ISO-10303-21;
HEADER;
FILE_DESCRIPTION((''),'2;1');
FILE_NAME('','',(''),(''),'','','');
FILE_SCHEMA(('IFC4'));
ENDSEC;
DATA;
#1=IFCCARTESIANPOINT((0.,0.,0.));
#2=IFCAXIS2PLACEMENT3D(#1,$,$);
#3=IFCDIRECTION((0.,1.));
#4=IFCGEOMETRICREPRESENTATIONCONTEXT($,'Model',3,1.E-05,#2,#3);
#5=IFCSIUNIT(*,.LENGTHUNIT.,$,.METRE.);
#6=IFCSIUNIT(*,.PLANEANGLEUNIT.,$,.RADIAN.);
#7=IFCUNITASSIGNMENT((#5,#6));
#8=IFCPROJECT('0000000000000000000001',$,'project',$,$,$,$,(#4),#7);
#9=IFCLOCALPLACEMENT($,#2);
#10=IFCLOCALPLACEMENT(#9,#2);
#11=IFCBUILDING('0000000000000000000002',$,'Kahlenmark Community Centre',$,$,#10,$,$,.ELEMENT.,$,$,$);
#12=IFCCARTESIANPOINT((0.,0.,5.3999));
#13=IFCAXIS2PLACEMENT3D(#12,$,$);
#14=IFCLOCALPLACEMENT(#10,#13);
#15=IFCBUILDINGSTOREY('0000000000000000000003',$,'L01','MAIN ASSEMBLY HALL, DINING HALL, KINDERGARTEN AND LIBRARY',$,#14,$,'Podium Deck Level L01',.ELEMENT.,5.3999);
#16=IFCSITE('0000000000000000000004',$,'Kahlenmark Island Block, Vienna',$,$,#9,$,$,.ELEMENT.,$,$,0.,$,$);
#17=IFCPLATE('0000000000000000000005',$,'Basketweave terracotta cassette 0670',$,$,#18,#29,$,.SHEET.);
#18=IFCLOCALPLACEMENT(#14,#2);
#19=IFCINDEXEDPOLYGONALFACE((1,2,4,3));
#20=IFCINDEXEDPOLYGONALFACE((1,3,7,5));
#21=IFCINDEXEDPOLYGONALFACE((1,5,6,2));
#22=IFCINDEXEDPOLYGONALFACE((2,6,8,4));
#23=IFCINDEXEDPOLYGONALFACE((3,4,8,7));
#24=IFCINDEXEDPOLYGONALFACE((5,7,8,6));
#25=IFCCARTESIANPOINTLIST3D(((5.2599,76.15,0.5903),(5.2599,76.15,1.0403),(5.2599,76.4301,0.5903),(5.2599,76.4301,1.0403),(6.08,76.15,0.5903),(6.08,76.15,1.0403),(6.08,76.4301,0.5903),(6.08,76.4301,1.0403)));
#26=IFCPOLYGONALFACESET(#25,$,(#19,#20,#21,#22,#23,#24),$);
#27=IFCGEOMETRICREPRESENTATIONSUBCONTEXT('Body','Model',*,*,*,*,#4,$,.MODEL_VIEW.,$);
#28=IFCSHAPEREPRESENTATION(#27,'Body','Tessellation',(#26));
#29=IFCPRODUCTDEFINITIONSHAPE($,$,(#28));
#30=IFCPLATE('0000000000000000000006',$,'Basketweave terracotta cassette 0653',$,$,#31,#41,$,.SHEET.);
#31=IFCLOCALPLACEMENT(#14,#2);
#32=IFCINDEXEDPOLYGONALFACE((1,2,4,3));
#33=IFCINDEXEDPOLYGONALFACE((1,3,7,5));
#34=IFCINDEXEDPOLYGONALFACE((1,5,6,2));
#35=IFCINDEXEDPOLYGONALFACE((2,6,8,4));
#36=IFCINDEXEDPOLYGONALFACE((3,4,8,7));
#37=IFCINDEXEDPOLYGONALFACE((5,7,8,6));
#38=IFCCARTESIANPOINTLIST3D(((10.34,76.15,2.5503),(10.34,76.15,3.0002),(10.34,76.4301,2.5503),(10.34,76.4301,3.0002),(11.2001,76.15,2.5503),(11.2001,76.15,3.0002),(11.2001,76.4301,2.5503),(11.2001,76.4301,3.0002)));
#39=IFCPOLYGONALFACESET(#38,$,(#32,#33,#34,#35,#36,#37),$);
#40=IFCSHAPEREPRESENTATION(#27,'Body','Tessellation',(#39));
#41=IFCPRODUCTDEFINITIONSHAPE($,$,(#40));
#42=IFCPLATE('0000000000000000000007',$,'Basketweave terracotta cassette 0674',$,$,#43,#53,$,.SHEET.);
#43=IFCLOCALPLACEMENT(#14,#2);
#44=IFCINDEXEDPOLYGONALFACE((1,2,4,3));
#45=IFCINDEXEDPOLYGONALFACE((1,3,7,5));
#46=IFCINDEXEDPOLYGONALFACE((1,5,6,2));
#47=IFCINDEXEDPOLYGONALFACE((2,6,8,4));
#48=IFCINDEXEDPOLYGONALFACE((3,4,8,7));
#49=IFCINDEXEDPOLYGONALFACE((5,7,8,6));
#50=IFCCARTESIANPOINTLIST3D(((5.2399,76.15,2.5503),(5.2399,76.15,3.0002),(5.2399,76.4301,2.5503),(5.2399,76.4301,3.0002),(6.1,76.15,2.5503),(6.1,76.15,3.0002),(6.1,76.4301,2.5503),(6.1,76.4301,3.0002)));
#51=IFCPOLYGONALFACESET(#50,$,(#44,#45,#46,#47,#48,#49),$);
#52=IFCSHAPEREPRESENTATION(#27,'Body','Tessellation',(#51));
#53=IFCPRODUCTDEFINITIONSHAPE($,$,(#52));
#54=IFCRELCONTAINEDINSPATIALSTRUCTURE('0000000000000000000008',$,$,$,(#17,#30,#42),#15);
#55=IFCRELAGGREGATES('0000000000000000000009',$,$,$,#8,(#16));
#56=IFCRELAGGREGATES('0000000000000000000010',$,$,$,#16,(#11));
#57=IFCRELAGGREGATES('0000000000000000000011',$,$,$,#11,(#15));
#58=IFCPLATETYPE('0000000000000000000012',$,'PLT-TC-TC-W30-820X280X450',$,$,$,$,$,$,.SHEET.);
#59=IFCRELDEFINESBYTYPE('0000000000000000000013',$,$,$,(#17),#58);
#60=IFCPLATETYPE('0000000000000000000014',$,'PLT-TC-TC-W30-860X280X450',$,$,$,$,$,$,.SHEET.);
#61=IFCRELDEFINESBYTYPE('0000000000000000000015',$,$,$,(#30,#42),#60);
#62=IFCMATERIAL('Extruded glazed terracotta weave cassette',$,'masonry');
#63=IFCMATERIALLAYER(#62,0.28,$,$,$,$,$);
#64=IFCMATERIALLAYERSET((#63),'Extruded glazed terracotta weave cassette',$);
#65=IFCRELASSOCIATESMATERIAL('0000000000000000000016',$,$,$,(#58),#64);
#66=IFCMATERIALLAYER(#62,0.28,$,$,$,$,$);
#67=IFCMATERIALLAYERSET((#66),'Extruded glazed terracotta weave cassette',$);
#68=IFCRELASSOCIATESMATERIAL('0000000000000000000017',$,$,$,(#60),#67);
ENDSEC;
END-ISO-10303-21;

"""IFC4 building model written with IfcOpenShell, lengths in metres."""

from ifc_helpers import new_model, si_unit, direction, frame, origin, origin_2d, place, context, subcontext, project, spatial, rectangle, extrude, material, layer, layer_set, type_object, element, save


model = new_model("IFC4")

# Units and contexts
model_context = context("Model", 3, precision=1e-05, world=origin(), true_north=direction((0.0, 1.0)))
body_context = subcontext(model_context, "Body", "Model", "MODEL_VIEW")
ifc_project = project(units=[si_unit("LENGTHUNIT", "METRE"), si_unit("PLANEANGLEUNIT", "RADIAN")], contexts=[model_context])

# Site, building, storey
site_placement = place(None, origin())
site = spatial("IfcSite", under=ifc_project, at=site_placement, Name="Kahlenmark Island Block, Vienna", CompositionType="ELEMENT", RefElevation=0.0)
building_placement = place(site_placement, origin())
building = spatial("IfcBuilding", under=site, at=building_placement, Name="Kahlenmark Community Centre", CompositionType="ELEMENT")
storey_placement = place(building_placement, frame((0.0, 0.0, 5.3999)))
storey = spatial("IfcBuildingStorey", under=building, at=storey_placement, Name="L01", Description="MAIN ASSEMBLY HALL, DINING HALL, KINDERGARTEN AND LIBRARY", LongName="Podium Deck Level L01", CompositionType="ELEMENT", Elevation=5.3999)

# Plates
ifc_material = material(Name="Extruded glazed terracotta weave cassette", Category="masonry")
ifc_layer_1 = layer(ifc_material, 0.28)
ifc_layer_set_1 = layer_set([ifc_layer_1], Name="Extruded glazed terracotta weave cassette")
plate_type_1 = type_object("IfcPlateType", Name="PLT-TC-TC-W30-820X280X450", PredefinedType="SHEET", material=ifc_layer_set_1)
for number, where, z_axis, x_axis, name in (
    (1, (5.6699, 76.29, 0.5903), (0.0, 0.0, 1.0), (-1.0, 0.0, 0.0), "Basketweave terracotta cassette 0670"),
):
    element("IfcPlate", number, at=place(storey_placement, frame(where, z_axis=z_axis, x_axis=x_axis)), inside=storey, type_object=plate_type_1, Name=name, PredefinedType="SHEET", context=body_context, shape_type="SweptSolid", body=[
        extrude(rectangle(XDim=0.8201, YDim=0.28, at=origin_2d()), origin(), (0.0, 0.0, 1.0), 0.45),
    ])
ifc_layer_2 = layer(ifc_material, 0.28)
ifc_layer_set_2 = layer_set([ifc_layer_2], Name="Extruded glazed terracotta weave cassette")
plate_type_2 = type_object("IfcPlateType", Name="PLT-TC-TC-W30-860X280X450", PredefinedType="SHEET", material=ifc_layer_set_2)
for number, where, z_axis, x_axis, name in (
    (2, (10.77, 76.29, 2.5503), (0.0, 0.0, 1.0), (-1.0, 0.0, 0.0), "Basketweave terracotta cassette 0653"),
    (3, (5.6699, 76.29, 2.5503), (0.0, 0.0, 1.0), (-1.0, 0.0, 0.0), "Basketweave terracotta cassette 0674"),
):
    element("IfcPlate", number, at=place(storey_placement, frame(where, z_axis=z_axis, x_axis=x_axis)), inside=storey, type_object=plate_type_2, Name=name, PredefinedType="SHEET", context=body_context, shape_type="SweptSolid", body=[
        extrude(rectangle(XDim=0.8601, YDim=0.28, at=origin_2d()), origin(), (0.0, 0.0, 1.0), 0.45),
    ])

save(model, "model.ifc")
